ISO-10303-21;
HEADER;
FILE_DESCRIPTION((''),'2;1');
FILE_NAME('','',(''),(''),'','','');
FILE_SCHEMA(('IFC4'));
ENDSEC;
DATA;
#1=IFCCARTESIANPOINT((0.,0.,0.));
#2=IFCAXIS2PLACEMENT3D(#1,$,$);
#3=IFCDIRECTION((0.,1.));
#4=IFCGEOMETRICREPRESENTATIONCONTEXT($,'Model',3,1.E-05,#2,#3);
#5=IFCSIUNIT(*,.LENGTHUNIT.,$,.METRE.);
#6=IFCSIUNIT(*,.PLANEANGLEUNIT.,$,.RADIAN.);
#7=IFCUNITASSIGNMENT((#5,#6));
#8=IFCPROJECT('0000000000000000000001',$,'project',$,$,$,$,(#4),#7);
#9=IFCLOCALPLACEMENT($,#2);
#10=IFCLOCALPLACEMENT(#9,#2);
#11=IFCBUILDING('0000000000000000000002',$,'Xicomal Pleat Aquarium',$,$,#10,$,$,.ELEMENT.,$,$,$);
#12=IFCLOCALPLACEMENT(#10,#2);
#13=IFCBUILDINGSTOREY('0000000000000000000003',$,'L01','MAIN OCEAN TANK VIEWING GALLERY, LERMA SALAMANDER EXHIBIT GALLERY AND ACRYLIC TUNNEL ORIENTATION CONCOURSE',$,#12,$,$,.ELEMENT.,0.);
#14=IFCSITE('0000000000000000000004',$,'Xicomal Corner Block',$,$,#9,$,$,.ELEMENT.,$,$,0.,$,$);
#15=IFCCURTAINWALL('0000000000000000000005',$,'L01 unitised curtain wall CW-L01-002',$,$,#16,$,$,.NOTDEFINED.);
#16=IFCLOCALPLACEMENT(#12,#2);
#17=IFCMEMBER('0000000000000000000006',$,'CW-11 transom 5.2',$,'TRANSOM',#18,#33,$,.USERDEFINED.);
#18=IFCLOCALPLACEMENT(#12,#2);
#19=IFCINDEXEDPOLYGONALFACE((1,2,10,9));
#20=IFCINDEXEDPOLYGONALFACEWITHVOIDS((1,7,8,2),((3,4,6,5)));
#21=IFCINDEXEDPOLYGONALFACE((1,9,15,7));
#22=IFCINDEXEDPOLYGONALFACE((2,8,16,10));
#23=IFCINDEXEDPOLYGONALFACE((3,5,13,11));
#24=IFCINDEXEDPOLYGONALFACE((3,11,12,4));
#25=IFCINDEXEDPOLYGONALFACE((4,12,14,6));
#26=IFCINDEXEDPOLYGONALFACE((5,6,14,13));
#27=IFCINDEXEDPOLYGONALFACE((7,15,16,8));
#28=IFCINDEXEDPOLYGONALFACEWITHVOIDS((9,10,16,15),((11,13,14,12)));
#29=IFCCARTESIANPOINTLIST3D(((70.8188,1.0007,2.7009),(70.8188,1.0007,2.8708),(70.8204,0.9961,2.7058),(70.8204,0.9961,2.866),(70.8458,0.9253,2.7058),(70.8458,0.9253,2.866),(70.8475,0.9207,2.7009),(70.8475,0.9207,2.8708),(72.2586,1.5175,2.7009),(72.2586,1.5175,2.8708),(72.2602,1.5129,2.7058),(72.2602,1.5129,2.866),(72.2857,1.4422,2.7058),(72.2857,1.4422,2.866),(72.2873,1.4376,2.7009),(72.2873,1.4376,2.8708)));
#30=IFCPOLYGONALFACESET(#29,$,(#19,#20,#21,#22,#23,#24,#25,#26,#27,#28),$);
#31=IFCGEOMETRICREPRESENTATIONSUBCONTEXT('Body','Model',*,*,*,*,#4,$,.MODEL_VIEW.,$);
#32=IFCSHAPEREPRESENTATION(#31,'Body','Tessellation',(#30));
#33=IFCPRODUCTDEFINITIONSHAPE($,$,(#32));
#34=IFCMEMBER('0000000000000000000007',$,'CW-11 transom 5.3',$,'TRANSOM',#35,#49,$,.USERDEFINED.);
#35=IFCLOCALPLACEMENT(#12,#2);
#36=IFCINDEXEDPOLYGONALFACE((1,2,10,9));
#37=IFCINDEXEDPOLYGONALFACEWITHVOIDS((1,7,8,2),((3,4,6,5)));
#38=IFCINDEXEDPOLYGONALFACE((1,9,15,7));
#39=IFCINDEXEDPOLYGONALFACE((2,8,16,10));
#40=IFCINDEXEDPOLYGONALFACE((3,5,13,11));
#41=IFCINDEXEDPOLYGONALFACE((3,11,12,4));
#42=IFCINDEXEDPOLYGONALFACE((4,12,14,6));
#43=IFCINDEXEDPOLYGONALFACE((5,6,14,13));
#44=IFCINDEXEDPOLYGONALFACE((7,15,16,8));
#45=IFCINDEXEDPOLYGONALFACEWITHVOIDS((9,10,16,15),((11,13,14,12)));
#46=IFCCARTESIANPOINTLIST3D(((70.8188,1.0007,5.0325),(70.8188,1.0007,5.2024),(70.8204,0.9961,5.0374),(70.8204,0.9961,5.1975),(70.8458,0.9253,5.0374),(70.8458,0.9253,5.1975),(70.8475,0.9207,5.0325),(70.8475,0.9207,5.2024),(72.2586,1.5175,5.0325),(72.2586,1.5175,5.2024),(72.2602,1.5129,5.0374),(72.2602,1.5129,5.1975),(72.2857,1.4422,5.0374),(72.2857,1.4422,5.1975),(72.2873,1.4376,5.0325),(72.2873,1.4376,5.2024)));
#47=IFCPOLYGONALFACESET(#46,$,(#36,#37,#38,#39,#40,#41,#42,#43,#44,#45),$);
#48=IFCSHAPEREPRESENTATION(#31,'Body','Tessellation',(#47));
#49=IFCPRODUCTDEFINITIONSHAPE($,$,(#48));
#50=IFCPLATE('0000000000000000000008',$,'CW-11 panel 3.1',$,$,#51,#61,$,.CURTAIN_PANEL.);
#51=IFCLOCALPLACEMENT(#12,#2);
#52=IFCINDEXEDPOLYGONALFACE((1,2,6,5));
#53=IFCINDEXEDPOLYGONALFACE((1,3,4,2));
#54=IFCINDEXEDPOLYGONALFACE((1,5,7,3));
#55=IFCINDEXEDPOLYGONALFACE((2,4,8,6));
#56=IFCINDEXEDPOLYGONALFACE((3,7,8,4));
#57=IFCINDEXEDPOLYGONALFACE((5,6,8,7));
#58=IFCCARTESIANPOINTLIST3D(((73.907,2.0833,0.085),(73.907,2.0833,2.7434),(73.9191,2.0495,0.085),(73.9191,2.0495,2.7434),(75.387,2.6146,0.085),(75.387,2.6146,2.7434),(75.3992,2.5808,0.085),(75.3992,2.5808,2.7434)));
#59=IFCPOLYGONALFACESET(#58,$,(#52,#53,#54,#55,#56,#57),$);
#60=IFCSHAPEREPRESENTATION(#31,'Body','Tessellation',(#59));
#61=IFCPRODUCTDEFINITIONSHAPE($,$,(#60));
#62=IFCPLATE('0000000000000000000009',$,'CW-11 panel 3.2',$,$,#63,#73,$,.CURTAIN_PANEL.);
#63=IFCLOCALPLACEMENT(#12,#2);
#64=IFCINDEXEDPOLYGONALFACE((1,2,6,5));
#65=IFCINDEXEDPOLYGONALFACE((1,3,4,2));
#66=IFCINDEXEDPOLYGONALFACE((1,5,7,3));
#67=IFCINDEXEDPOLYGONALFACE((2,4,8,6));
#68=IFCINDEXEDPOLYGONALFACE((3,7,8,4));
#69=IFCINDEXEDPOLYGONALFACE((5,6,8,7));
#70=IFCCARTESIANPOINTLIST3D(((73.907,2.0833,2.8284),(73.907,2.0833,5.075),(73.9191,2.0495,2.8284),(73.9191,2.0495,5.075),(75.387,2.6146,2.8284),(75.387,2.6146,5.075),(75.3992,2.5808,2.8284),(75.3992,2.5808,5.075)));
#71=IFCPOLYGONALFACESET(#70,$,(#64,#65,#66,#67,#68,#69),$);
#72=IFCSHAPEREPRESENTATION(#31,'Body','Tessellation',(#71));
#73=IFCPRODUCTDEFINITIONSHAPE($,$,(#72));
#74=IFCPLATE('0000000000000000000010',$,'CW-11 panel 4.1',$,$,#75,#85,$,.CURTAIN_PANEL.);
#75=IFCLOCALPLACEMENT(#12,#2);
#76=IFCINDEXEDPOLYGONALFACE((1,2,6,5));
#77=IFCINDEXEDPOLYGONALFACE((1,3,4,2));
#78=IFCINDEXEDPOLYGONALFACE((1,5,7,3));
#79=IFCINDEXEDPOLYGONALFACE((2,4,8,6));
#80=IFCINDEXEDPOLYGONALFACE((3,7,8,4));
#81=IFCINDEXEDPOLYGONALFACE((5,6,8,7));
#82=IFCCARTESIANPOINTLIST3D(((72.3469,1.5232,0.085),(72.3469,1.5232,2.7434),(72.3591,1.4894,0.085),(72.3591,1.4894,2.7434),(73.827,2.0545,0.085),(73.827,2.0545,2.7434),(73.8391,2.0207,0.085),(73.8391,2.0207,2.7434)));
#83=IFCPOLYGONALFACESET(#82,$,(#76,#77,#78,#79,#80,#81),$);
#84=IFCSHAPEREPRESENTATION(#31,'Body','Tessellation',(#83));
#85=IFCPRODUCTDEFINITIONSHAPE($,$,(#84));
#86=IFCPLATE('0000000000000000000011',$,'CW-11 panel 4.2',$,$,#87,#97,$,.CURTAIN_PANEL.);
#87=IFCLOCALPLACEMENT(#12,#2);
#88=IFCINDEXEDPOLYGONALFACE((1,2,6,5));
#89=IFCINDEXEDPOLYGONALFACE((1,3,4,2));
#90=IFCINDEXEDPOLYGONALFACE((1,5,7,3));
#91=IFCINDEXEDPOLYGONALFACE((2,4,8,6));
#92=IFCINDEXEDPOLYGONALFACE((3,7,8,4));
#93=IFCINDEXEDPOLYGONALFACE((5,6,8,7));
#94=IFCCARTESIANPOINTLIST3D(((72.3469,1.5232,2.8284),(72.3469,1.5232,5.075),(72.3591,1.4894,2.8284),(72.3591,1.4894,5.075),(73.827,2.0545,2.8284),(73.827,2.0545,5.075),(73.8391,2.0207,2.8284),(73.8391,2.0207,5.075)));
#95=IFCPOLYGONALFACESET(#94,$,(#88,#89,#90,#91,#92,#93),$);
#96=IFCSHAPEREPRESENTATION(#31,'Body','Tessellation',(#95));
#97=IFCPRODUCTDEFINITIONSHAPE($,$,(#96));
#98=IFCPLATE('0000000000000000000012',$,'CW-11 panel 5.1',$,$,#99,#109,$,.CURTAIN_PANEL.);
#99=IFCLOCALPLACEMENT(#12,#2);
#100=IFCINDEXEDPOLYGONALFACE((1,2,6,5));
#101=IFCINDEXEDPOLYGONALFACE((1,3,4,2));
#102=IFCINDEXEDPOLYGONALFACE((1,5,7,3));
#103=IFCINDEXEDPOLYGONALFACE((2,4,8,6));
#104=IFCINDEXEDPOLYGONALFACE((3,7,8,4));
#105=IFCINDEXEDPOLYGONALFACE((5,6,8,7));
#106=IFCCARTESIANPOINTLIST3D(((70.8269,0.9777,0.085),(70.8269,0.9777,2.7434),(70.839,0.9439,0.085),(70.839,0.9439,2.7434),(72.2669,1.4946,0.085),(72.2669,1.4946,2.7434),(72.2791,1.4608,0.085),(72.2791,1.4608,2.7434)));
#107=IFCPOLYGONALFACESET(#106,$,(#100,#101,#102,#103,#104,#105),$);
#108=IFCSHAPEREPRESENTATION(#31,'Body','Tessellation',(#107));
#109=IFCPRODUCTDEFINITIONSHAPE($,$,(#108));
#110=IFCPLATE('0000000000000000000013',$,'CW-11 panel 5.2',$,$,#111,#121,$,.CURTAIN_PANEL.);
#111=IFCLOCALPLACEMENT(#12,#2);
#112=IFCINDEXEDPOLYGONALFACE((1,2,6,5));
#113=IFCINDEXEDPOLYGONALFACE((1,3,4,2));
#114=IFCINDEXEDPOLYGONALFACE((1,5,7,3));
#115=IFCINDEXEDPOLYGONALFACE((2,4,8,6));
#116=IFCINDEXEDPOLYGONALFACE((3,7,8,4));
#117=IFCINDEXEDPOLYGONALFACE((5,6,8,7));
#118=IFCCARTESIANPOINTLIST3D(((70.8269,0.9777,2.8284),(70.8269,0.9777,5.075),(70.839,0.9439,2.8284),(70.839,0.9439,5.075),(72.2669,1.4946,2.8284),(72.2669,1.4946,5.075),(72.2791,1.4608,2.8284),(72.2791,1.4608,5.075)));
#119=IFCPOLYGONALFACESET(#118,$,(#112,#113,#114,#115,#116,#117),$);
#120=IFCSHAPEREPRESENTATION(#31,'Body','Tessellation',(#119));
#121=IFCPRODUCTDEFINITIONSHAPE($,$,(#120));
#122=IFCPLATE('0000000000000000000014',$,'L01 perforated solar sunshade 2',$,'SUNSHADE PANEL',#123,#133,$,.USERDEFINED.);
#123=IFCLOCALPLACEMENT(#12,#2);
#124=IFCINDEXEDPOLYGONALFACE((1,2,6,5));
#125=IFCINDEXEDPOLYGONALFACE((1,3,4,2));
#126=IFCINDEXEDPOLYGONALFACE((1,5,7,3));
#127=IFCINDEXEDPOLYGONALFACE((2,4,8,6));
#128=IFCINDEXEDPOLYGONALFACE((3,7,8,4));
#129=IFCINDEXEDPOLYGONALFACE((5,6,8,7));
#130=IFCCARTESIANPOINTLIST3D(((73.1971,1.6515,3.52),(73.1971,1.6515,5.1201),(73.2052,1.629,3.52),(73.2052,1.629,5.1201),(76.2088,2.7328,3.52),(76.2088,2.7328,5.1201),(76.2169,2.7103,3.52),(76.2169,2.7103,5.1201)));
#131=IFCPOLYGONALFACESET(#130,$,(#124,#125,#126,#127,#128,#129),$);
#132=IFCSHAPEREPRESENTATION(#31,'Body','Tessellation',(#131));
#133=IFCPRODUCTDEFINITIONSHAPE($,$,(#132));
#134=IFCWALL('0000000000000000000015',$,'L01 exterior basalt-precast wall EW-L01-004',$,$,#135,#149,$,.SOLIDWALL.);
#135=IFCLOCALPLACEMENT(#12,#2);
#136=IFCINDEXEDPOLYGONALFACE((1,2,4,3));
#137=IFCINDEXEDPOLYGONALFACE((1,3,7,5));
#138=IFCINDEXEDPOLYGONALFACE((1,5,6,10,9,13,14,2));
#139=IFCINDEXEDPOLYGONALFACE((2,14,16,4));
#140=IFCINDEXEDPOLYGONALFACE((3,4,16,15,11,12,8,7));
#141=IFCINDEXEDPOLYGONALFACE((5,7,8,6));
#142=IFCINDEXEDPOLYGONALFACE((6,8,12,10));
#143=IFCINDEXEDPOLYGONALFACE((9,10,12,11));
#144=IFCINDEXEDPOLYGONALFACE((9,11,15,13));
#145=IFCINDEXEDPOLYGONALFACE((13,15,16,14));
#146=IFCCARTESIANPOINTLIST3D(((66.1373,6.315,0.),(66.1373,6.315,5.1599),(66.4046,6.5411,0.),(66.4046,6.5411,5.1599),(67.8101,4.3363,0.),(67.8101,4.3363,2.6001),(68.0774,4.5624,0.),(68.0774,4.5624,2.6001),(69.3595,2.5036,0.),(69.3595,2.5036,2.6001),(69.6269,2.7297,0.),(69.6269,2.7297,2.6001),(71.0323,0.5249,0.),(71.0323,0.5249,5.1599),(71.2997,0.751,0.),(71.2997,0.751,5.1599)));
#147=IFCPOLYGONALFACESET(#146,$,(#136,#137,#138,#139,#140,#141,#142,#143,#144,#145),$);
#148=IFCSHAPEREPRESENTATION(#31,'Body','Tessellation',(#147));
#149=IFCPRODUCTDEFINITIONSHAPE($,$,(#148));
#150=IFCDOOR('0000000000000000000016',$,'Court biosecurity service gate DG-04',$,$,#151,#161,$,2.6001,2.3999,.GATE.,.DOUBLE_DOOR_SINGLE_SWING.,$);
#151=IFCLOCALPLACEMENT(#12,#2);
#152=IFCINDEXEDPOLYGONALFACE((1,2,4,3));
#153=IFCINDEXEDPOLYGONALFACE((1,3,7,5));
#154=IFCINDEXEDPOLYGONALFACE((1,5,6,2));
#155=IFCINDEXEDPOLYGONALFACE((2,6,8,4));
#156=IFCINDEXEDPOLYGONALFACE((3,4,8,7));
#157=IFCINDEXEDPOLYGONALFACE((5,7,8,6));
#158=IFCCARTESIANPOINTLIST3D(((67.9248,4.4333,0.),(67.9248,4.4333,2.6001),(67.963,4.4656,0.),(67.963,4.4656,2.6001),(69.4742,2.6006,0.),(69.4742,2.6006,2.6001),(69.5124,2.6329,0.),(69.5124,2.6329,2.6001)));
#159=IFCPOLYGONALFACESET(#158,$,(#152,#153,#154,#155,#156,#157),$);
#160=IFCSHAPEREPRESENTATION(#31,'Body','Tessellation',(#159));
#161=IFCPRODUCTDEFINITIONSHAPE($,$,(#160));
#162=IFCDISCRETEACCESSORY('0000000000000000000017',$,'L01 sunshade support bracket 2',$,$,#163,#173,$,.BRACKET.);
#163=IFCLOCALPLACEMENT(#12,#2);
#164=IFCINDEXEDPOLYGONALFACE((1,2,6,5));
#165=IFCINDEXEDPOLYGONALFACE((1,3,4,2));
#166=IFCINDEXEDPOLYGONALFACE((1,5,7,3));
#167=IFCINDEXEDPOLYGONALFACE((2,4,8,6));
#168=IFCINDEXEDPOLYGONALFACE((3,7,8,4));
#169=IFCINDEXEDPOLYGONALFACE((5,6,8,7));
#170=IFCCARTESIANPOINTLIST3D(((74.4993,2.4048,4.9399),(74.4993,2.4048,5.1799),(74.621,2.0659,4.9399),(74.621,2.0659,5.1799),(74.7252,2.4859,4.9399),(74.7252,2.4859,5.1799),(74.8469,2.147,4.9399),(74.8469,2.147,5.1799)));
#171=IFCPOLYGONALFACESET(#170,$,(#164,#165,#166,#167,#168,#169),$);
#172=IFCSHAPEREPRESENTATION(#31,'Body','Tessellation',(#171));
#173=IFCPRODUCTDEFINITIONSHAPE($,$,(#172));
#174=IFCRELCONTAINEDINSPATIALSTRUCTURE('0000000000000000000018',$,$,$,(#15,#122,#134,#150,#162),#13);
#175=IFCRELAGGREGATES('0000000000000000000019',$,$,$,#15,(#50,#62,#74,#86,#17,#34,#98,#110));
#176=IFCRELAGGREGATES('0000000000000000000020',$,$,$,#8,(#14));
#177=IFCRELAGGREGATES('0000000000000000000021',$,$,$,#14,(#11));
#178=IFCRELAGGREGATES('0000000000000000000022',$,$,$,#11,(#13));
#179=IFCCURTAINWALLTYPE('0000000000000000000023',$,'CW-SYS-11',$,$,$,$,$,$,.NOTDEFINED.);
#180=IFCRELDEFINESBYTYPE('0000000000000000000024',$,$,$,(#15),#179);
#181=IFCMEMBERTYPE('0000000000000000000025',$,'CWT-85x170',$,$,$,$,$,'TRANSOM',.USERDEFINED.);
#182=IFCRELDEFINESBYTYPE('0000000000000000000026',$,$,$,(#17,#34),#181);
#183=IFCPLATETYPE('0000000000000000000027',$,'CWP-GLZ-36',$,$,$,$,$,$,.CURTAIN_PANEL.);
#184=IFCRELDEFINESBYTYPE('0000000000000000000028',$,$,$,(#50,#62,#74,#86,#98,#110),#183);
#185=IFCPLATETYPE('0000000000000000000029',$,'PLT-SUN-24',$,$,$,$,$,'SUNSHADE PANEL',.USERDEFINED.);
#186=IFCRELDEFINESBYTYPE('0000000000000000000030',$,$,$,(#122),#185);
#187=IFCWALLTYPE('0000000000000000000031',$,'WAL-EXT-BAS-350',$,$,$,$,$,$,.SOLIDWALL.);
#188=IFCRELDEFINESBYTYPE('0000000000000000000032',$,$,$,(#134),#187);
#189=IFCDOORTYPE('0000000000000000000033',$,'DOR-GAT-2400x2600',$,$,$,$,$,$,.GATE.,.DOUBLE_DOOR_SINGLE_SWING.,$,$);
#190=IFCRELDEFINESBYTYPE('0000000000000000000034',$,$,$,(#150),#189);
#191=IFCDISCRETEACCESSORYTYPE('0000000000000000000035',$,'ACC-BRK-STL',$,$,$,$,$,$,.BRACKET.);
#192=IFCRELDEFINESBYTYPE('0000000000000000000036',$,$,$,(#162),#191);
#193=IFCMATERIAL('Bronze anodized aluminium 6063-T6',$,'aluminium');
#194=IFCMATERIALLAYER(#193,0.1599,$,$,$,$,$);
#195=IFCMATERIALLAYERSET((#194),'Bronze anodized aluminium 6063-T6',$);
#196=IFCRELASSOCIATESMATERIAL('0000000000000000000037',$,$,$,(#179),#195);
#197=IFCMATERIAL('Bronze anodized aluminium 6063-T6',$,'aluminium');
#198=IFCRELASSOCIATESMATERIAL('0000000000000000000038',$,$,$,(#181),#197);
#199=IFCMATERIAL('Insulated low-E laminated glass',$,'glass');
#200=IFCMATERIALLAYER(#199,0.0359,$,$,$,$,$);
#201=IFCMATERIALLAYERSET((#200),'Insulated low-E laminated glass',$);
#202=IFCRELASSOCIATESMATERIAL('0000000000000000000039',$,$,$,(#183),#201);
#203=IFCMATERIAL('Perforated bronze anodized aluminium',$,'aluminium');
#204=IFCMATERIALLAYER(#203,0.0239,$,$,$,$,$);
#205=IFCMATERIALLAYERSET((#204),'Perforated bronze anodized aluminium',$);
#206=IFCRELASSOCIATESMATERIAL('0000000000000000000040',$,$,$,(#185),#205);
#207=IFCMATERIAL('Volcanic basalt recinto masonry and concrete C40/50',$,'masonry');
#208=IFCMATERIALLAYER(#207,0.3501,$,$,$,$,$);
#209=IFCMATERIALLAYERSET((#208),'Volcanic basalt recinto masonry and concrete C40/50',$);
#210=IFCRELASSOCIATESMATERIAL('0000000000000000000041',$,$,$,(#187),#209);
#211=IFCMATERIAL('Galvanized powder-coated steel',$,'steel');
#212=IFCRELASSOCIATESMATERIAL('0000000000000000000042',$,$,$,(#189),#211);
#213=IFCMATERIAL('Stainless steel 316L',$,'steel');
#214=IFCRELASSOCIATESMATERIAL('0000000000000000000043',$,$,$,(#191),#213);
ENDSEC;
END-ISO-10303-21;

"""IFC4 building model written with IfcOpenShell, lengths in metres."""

from ifc_helpers import new_model, si_unit, direction, frame, frame_2d, origin, origin_2d, place, context, subcontext, project, spatial, rectangle, hollow_rectangle, extrude, material, layer, layer_set, material_profile, profile_set, type_object, element, fill, aggregate, save


model = new_model("IFC4")

# Units and contexts
model_context = context("Model", 3, precision=1e-05, world=origin(), true_north=direction((0.0, 1.0)))
body_context = subcontext(model_context, "Body", "Model", "MODEL_VIEW")
ifc_project = project(units=[si_unit("LENGTHUNIT", "METRE"), si_unit("PLANEANGLEUNIT", "RADIAN")], contexts=[model_context])

# Site, building, storey
site_placement = place(None, origin())
site = spatial("IfcSite", under=ifc_project, at=site_placement, Name="Xicomal Corner Block", CompositionType="ELEMENT", RefElevation=0.0)
building_placement = place(site_placement, origin())
building = spatial("IfcBuilding", under=site, at=building_placement, Name="Xicomal Pleat Aquarium", CompositionType="ELEMENT")
storey_placement = place(building_placement, origin())
storey = spatial("IfcBuildingStorey", under=building, at=storey_placement, Name="L01", Description="MAIN OCEAN TANK VIEWING GALLERY, LERMA SALAMANDER EXHIBIT GALLERY AND ACRYLIC TUNNEL ORIENTATION CONCOURSE", CompositionType="ELEMENT", Elevation=0.0)

# Curtain wall, members, plates
ifc_material_1 = material(Name="Bronze anodized aluminium 6063-T6", Category="aluminium")
ifc_layer_1 = layer(ifc_material_1, 0.1599)
ifc_layer_set_1 = layer_set([ifc_layer_1], Name="Bronze anodized aluminium 6063-T6")
curtain_wall_type = type_object("IfcCurtainWallType", Name="CW-SYS-11", PredefinedType="NOTDEFINED", material=ifc_layer_set_1)
curtain_wall_placement = place(storey_placement, origin())
curtain_wall = element("IfcCurtainWall", 1, at=curtain_wall_placement, inside=storey, type_object=curtain_wall_type, Name="L01 unitised curtain wall CW-L01-002", PredefinedType="NOTDEFINED")
ifc_material_2 = material(Name="Bronze anodized aluminium 6063-T6", Category="aluminium")
ifc_material_profile_1 = material_profile(ifc_material_2, hollow_rectangle(XDim=0.085, YDim=0.1699, WallThickness=0.0049, at=origin_2d()), Name="ALU TRAN 85x170")
ifc_profile_set_1 = profile_set([ifc_material_profile_1], Name="Bronze anodized aluminium 6063-T6")
member_type_1 = type_object("IfcMemberType", Name="CWT-85x170", ElementType="TRANSOM", PredefinedType="USERDEFINED", material=ifc_profile_set_1)
member_1_placement = place(storey_placement, frame((72.2729, 1.4775, 2.7859), z_axis=(-0.941206, -0.337832, 0.0), x_axis=(0.337832, -0.941206, 0.0)))
member_1 = element("IfcMember", 2, at=member_1_placement, type_object=member_type_1, Name="CW-11 transom 5.2", ObjectType="TRANSOM", PredefinedType="USERDEFINED", context=body_context, shape_type="SweptSolid", body=[
    extrude(hollow_rectangle(XDim=0.085, YDim=0.1699, WallThickness=0.0049, at=origin_2d()), origin(), (0.0, 0.0, 1.0), 1.5298),
])
member_2_placement = place(storey_placement, frame((72.2729, 1.4775, 5.1174), z_axis=(-0.941206, -0.337832, 0.0), x_axis=(0.337832, -0.941206, 0.0)))
member_2 = element("IfcMember", 3, at=member_2_placement, type_object=member_type_1, Name="CW-11 transom 5.3", ObjectType="TRANSOM", PredefinedType="USERDEFINED", context=body_context, shape_type="SweptSolid", body=[
    extrude(hollow_rectangle(XDim=0.085, YDim=0.1699, WallThickness=0.0049, at=origin_2d()), origin(), (0.0, 0.0, 1.0), 1.5298),
])
ifc_material_3 = material(Name="Insulated low-E laminated glass", Category="glass")
ifc_layer_2 = layer(ifc_material_3, 0.0359)
ifc_layer_set_2 = layer_set([ifc_layer_2], Name="Insulated low-E laminated glass")
plate_type_1 = type_object("IfcPlateType", Name="CWP-GLZ-36", PredefinedType="CURTAIN_PANEL", material=ifc_layer_set_2)
plate_1_placement = place(storey_placement, frame((74.6531, 2.332, 0.085), z_axis=(0.0, 0.0, 1.0), x_axis=(-0.941195, -0.337865, 0.0)))
plate_1 = element("IfcPlate", 4, at=plate_1_placement, type_object=plate_type_1, Name="CW-11 panel 3.1", PredefinedType="CURTAIN_PANEL", context=body_context, shape_type="SweptSolid", body=[
    extrude(rectangle(XDim=1.5725, YDim=0.0359, at=origin_2d()), origin(), (0.0, 0.0, 1.0), 2.6584),
])
plate_2_placement = place(storey_placement, frame((74.6531, 2.332, 2.8284), z_axis=(0.0, 0.0, 1.0), x_axis=(-0.941195, -0.337865, 0.0)))
plate_2 = element("IfcPlate", 5, at=plate_2_placement, type_object=plate_type_1, Name="CW-11 panel 3.2", PredefinedType="CURTAIN_PANEL", context=body_context, shape_type="SweptSolid", body=[
    extrude(rectangle(XDim=1.5725, YDim=0.0359, at=origin_2d()), origin(), (0.0, 0.0, 1.0), 2.2466),
])
plate_3_placement = place(storey_placement, frame((73.093, 1.772, 0.085), z_axis=(0.0, 0.0, 1.0), x_axis=(-0.941195, -0.337865, 0.0)))
plate_3 = element("IfcPlate", 6, at=plate_3_placement, type_object=plate_type_1, Name="CW-11 panel 4.1", PredefinedType="CURTAIN_PANEL", context=body_context, shape_type="SweptSolid", body=[
    extrude(rectangle(XDim=1.5725, YDim=0.0359, at=origin_2d()), origin(), (0.0, 0.0, 1.0), 2.6584),
])
plate_4_placement = place(storey_placement, frame((73.093, 1.772, 2.8284), z_axis=(0.0, 0.0, 1.0), x_axis=(-0.941195, -0.337865, 0.0)))
plate_4 = element("IfcPlate", 7, at=plate_4_placement, type_object=plate_type_1, Name="CW-11 panel 4.2", PredefinedType="CURTAIN_PANEL", context=body_context, shape_type="SweptSolid", body=[
    extrude(rectangle(XDim=1.5725, YDim=0.0359, at=origin_2d()), origin(), (0.0, 0.0, 1.0), 2.2466),
])
plate_5_placement = place(storey_placement, frame((71.553, 1.2192, 0.085), z_axis=(0.0, 0.0, 1.0), x_axis=(-0.941195, -0.337865, 0.0)))
plate_5 = element("IfcPlate", 8, at=plate_5_placement, type_object=plate_type_1, Name="CW-11 panel 5.1", PredefinedType="CURTAIN_PANEL", context=body_context, shape_type="SweptSolid", body=[
    extrude(rectangle(XDim=1.53, YDim=0.0359, at=origin_2d()), origin(), (0.0, 0.0, 1.0), 2.6584),
])
plate_6_placement = place(storey_placement, frame((71.553, 1.2192, 2.8284), z_axis=(0.0, 0.0, 1.0), x_axis=(-0.941195, -0.337865, 0.0)))
plate_6 = element("IfcPlate", 9, at=plate_6_placement, type_object=plate_type_1, Name="CW-11 panel 5.2", PredefinedType="CURTAIN_PANEL", context=body_context, shape_type="SweptSolid", body=[
    extrude(rectangle(XDim=1.53, YDim=0.0359, at=origin_2d()), origin(), (0.0, 0.0, 1.0), 2.2466),
])
aggregate(curtain_wall, [plate_1, plate_2, plate_3, plate_4, member_1, member_2, plate_5, plate_6])

# Plate
ifc_material_4 = material(Name="Perforated bronze anodized aluminium", Category="aluminium")
ifc_layer_3 = layer(ifc_material_4, 0.0239)
ifc_layer_set_3 = layer_set([ifc_layer_3], Name="Perforated bronze anodized aluminium")
plate_type_2 = type_object("IfcPlateType", Name="PLT-SUN-24", ElementType="SUNSHADE PANEL", PredefinedType="USERDEFINED", material=ifc_layer_set_3)
plate_7_placement = place(storey_placement, frame((74.707, 2.1809, 3.52), z_axis=(0.0, 0.0, 1.0), x_axis=(-0.941176, -0.337917, 0.0)))
element("IfcPlate", 10, at=plate_7_placement, inside=storey, type_object=plate_type_2, Name="L01 perforated solar sunshade 2", ObjectType="SUNSHADE PANEL", PredefinedType="USERDEFINED", context=body_context, shape_type="SweptSolid", body=[
    extrude(rectangle(XDim=3.2, YDim=0.0239, at=origin_2d()), origin(), (0.0, 0.0, 1.0), 1.6001),
])

# Wall, opening, door
ifc_material_5 = material(Name="Volcanic basalt recinto masonry and concrete C40/50", Category="masonry")
ifc_layer_4 = layer(ifc_material_5, 0.3501)
ifc_layer_set_4 = layer_set([ifc_layer_4], Name="Volcanic basalt recinto masonry and concrete C40/50")
wall_type = type_object("IfcWallType", Name="WAL-EXT-BAS-350", PredefinedType="SOLIDWALL", material=ifc_layer_set_4)
wall_placement = place(storey_placement, frame((71.166, 0.6379, 0.0), z_axis=(0.0, 0.0, 1.0), x_axis=(-0.645616, 0.763662, 0.0)))
wall = element("IfcWall", 11, at=wall_placement, inside=storey, type_object=wall_type, Name="L01 exterior basalt-precast wall EW-L01-004", PredefinedType="SOLIDWALL", context=body_context, shape_type="SweptSolid", body=[
    extrude(rectangle(XDim=7.582, YDim=0.3501, at=frame_2d((3.791, 0.0))), origin(), (0.0, 0.0, 1.0), 5.1599),
])
opening_placement = place(wall_placement, frame((2.5911, 0.0, 0.0)))
opening = element("IfcOpeningElement", 12, at=opening_placement, cuts=wall, PredefinedType="OPENING", context=body_context, shape_type="SweptSolid", body=[
    extrude(rectangle(XDim=2.3999, YDim=2.6001, at=frame_2d((1.2, 1.3))), frame((0.0, 0.1851, 0.0), z_axis=(0.0, -1.0, 0.0), x_axis=(1.0, 0.0, 0.0)), (0.0, 0.0, 1.0), 0.3701),
])
ifc_material_6 = material(Name="Galvanized powder-coated steel", Category="steel")
door_type = type_object("IfcDoorType", Name="DOR-GAT-2400x2600", OperationType="DOUBLE_DOOR_SINGLE_SWING", PredefinedType="GATE", material=ifc_material_6)
door_placement = place(opening_placement, origin())
door = element("IfcDoor", 13, at=door_placement, inside=storey, type_object=door_type, Name="Court biosecurity service gate DG-04", OperationType="DOUBLE_DOOR_SINGLE_SWING", OverallHeight=2.6001, OverallWidth=2.3999, PredefinedType="GATE", context=body_context, shape_type="SweptSolid", body=[
    extrude(rectangle(XDim=2.3999, YDim=2.6001, at=frame_2d((1.2, 1.3))), frame((0.0, 0.0249, 0.0), z_axis=(0.0, -1.0, 0.0), x_axis=(1.0, 0.0, 0.0)), (0.0, 0.0, 1.0), 0.05),
])
fill(opening, door)

# Discrete accessory
ifc_material_7 = material(Name="Stainless steel 316L", Category="steel")
discrete_accessory_type = type_object("IfcDiscreteAccessoryType", Name="ACC-BRK-STL", PredefinedType="BRACKET", material=ifc_material_7)
discrete_accessory_placement = place(storey_placement, frame((74.6731, 2.2759, 4.9399), z_axis=(0.0, 0.0, 1.0), x_axis=(-0.941176, -0.337917, 0.0)))
element("IfcDiscreteAccessory", 14, at=discrete_accessory_placement, inside=storey, type_object=discrete_accessory_type, Name="L01 sunshade support bracket 2", PredefinedType="BRACKET", context=body_context, shape_type="SweptSolid", body=[
    extrude(rectangle(XDim=0.24, YDim=0.3601, at=origin_2d()), origin(), (0.0, 0.0, 1.0), 0.24),
])

save(model, "model.ifc")
